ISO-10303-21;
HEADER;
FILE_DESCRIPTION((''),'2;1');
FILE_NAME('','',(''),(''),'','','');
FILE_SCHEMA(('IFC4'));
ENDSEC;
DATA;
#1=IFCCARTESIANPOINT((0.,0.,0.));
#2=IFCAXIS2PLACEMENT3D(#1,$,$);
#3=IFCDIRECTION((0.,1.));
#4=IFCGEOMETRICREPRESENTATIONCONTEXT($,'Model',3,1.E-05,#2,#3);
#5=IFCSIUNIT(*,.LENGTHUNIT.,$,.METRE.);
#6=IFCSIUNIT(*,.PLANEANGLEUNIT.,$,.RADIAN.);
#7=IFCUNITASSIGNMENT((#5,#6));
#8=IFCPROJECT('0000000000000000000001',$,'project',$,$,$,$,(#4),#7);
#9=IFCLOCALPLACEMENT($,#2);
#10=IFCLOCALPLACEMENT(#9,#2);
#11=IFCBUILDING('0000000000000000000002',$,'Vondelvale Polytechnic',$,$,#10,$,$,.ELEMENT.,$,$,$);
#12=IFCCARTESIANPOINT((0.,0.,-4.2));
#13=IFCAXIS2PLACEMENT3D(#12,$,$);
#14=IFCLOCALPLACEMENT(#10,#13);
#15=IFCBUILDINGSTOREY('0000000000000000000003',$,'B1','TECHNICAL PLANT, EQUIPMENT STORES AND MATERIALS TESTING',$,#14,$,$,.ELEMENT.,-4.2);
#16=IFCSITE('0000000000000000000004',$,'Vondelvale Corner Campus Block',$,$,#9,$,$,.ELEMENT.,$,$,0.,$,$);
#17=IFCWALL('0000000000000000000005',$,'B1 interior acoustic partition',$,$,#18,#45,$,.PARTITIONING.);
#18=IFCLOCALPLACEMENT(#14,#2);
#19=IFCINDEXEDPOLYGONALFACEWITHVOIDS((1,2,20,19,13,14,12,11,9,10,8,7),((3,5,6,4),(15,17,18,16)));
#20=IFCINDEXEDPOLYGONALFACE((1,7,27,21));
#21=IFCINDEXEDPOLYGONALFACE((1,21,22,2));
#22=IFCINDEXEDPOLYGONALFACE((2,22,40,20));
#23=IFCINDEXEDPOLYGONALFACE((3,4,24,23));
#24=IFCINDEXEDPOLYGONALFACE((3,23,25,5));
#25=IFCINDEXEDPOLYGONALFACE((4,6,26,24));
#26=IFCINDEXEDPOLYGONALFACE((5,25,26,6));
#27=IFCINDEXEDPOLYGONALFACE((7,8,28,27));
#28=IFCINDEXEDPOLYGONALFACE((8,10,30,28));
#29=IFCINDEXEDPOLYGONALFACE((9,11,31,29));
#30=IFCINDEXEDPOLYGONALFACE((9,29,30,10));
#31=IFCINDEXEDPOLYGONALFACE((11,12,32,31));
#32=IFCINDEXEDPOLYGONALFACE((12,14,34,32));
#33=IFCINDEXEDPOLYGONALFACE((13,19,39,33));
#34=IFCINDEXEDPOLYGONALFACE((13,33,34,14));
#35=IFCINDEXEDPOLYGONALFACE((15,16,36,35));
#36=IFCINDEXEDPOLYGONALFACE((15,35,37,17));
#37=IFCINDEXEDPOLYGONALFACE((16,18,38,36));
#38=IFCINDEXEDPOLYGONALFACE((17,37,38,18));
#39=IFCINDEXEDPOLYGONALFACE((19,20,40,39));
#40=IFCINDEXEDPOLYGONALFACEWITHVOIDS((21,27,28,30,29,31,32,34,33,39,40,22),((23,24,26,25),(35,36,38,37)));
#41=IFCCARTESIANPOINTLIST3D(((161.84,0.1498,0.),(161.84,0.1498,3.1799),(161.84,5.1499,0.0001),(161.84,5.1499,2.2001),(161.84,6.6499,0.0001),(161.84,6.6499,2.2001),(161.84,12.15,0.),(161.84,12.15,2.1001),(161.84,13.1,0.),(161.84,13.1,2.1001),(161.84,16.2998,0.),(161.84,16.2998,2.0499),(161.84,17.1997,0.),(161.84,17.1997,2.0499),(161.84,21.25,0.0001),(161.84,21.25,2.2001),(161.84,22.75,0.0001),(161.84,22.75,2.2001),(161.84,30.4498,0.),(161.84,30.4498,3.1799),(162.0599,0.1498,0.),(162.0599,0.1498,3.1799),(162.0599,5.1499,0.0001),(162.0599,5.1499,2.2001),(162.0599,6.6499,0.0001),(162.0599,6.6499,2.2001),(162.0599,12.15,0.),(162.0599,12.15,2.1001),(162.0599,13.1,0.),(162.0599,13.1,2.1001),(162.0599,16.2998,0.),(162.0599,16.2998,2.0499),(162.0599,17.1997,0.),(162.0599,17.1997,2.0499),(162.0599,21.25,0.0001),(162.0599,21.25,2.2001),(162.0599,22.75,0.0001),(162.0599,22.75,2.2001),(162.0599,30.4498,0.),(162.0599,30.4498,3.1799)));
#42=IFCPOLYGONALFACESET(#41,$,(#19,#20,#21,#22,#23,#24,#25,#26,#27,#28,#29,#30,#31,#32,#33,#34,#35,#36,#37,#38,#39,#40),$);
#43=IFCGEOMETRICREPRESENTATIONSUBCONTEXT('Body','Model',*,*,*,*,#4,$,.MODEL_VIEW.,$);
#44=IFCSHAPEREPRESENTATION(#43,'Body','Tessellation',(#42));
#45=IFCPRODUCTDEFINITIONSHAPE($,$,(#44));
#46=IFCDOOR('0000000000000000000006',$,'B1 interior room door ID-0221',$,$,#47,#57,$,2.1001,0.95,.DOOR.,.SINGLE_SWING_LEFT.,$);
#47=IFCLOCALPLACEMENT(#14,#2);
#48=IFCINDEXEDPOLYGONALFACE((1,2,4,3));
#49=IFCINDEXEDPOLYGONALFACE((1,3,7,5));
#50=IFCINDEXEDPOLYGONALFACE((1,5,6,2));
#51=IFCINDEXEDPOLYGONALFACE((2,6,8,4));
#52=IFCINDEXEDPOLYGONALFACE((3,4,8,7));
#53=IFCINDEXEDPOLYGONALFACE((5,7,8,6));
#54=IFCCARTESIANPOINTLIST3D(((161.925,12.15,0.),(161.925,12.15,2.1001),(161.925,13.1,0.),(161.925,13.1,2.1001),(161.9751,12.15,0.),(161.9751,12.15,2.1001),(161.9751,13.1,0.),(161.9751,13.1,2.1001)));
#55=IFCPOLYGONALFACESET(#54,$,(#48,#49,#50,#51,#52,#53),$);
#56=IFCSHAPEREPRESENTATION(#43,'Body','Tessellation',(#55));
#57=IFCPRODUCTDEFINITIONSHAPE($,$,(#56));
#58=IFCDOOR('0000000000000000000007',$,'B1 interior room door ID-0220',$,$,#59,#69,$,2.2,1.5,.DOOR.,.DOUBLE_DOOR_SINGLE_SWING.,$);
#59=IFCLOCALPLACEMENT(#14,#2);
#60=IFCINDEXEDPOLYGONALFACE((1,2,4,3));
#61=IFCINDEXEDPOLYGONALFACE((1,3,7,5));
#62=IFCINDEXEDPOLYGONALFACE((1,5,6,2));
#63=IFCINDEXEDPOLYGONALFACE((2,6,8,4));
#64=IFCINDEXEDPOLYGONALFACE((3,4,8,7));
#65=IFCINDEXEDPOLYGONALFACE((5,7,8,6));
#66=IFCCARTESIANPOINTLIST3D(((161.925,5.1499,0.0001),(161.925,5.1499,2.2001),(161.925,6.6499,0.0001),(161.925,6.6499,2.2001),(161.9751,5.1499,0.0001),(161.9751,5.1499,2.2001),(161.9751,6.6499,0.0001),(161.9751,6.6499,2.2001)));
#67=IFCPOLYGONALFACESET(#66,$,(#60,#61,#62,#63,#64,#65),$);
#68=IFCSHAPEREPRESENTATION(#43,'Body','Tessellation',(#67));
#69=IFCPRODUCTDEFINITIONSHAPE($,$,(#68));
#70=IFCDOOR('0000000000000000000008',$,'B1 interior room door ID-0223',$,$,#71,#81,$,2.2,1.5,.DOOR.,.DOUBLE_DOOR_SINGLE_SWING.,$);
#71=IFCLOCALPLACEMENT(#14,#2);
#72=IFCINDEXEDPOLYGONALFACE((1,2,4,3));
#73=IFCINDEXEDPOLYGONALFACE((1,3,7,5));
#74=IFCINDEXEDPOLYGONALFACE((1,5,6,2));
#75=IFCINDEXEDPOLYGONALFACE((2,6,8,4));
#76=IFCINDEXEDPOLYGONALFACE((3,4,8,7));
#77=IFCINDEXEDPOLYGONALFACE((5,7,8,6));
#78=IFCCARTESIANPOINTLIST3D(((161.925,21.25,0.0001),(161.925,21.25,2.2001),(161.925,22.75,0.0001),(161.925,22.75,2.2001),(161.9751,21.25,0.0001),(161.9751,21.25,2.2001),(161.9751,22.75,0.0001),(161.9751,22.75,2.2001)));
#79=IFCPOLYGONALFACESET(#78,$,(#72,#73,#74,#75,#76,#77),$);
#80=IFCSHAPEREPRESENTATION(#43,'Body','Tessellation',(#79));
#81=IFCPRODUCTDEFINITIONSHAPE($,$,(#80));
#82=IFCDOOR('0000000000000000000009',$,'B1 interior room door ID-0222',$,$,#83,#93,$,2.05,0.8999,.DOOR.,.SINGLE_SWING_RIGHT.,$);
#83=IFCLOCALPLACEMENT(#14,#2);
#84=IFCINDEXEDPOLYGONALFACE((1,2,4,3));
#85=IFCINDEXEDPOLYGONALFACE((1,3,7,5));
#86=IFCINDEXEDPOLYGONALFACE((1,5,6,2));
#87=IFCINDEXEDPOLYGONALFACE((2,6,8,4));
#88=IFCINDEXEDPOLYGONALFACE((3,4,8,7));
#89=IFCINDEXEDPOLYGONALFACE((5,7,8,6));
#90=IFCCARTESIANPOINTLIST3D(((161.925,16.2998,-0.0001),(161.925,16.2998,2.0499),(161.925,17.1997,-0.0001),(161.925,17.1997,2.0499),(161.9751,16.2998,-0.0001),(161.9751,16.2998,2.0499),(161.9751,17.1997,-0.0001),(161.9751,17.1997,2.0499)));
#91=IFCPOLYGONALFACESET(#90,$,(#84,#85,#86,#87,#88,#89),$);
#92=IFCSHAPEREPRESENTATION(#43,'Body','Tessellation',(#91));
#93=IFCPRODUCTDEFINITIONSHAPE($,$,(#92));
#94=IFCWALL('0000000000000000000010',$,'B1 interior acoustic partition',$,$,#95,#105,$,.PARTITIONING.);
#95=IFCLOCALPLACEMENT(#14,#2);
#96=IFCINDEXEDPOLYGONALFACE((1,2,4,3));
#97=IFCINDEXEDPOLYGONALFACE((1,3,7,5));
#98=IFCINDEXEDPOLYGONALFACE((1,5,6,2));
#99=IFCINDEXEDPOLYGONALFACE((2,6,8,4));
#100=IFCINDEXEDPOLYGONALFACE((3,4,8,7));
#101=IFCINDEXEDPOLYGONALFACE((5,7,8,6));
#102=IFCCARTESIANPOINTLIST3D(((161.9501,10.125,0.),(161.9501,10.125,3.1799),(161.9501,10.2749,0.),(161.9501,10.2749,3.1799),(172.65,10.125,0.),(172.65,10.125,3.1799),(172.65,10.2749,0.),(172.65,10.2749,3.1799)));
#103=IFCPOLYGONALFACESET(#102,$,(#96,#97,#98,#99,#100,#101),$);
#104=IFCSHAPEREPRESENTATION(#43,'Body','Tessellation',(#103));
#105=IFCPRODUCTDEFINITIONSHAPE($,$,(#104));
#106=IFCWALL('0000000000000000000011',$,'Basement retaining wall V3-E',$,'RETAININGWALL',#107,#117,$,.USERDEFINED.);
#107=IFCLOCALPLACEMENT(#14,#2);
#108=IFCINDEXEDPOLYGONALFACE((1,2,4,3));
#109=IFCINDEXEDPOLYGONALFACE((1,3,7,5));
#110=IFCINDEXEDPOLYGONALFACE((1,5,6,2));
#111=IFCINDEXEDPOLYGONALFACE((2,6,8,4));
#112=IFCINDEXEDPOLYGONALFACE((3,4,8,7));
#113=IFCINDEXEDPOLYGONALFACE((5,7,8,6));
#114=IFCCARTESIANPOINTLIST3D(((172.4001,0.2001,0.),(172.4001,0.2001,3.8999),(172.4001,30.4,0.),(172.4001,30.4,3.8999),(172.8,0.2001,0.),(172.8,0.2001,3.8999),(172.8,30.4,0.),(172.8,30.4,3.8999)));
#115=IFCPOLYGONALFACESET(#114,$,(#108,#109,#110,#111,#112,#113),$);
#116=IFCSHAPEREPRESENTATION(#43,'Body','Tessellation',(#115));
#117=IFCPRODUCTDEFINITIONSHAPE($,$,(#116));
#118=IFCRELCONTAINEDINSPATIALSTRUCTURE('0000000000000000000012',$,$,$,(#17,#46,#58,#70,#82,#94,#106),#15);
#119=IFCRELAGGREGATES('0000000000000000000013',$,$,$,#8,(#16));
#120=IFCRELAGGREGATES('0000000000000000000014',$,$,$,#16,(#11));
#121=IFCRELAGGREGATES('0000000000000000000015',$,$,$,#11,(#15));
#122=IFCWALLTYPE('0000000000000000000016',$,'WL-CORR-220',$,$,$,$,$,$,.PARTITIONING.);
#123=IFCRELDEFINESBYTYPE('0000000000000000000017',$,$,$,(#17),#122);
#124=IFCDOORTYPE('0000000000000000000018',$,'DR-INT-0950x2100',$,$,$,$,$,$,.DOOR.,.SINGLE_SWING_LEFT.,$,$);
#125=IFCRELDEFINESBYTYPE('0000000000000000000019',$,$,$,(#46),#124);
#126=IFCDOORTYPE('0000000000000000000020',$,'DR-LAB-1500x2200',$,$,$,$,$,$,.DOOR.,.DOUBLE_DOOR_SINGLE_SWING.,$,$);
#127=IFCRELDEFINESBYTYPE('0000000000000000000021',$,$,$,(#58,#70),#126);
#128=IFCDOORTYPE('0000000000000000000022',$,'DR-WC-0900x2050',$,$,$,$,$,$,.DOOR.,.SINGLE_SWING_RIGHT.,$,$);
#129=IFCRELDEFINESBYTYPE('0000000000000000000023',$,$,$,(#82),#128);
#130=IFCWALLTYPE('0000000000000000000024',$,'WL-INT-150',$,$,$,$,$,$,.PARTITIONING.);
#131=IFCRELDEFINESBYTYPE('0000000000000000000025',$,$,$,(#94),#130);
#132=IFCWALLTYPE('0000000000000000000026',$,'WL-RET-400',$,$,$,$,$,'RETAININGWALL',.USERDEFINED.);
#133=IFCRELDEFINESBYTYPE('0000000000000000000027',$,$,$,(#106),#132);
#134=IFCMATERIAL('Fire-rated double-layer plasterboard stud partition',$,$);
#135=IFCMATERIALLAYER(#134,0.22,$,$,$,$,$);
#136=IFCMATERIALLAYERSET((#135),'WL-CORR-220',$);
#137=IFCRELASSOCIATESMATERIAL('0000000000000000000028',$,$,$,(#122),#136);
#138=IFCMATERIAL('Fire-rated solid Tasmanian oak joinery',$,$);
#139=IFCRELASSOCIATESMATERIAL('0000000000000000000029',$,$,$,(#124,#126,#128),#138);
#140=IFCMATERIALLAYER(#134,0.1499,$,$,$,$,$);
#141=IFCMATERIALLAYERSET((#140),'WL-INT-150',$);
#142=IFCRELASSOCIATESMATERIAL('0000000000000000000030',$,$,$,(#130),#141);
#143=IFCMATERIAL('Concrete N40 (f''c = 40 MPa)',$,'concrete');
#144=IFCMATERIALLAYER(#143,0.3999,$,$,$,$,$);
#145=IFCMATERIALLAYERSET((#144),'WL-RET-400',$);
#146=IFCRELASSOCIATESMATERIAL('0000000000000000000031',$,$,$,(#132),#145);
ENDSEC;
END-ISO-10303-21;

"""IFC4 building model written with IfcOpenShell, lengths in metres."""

from ifc_helpers import new_model, si_unit, direction, frame, frame_2d, origin, place, context, subcontext, project, spatial, rectangle, extrude, material, layer, layer_set, type_object, element, fill, save


model = new_model("IFC4")

# Units and contexts
model_context = context("Model", 3, precision=1e-05, world=origin(), true_north=direction((0.0, 1.0)))
body_context = subcontext(model_context, "Body", "Model", "MODEL_VIEW")
ifc_project = project(units=[si_unit("LENGTHUNIT", "METRE"), si_unit("PLANEANGLEUNIT", "RADIAN")], contexts=[model_context])

# Site, building, storey
site_placement = place(None, origin())
site = spatial("IfcSite", under=ifc_project, at=site_placement, Name="Vondelvale Corner Campus Block", CompositionType="ELEMENT", RefElevation=0.0)
building_placement = place(site_placement, origin())
building = spatial("IfcBuilding", under=site, at=building_placement, Name="Vondelvale Polytechnic", CompositionType="ELEMENT")
storey_placement = place(building_placement, frame((0.0, 0.0, -4.2)))
storey = spatial("IfcBuildingStorey", under=building, at=storey_placement, Name="B1", Description="TECHNICAL PLANT, EQUIPMENT STORES AND MATERIALS TESTING", CompositionType="ELEMENT", Elevation=-4.2)

# Shared definitions
ifc_material_1 = material(Name="Concrete N40 (f'c = 40 MPa)", Category="concrete")

# Wall, openings, doors
ifc_material_2 = material(Name="Fire-rated double-layer plasterboard stud partition")
ifc_layer_1 = layer(ifc_material_2, 0.22)
ifc_layer_set_1 = layer_set([ifc_layer_1], Name="WL-CORR-220")
wall_type_1 = type_object("IfcWallType", Name="WL-CORR-220", PredefinedType="PARTITIONING", material=ifc_layer_set_1)
wall_1_placement = place(storey_placement, frame((161.95, 0.1499, 0.0), z_axis=(0.0, 0.0, 1.0), x_axis=(0.0, 1.0, 0.0)))
wall_1 = element("IfcWall", 1, at=wall_1_placement, inside=storey, type_object=wall_type_1, Name="B1 interior acoustic partition", PredefinedType="PARTITIONING", context=body_context, shape_type="SweptSolid", body=[
    extrude(rectangle(XDim=30.3, YDim=0.22, at=frame_2d((15.1499, 0.0))), origin(), (0.0, 0.0, 1.0), 3.1799),
])
opening_1_placement = place(wall_1_placement, frame((5.0, 0.0, 0.0)))
opening_1 = element("IfcOpeningElement", 2, at=opening_1_placement, cuts=wall_1, PredefinedType="OPENING", context=body_context, shape_type="SweptSolid", body=[
    extrude(rectangle(XDim=1.5, YDim=2.2, at=frame_2d((0.75, 1.1001))), frame((0.0, 0.1199, 0.0), z_axis=(0.0, -1.0, 0.0), x_axis=(1.0, 0.0, 0.0)), (0.0, 0.0, 1.0), 0.24),
])
opening_2_placement = place(wall_1_placement, frame((12.0, 0.0, 0.0)))
opening_2 = element("IfcOpeningElement", 3, at=opening_2_placement, cuts=wall_1, PredefinedType="OPENING", context=body_context, shape_type="SweptSolid", body=[
    extrude(rectangle(XDim=0.95, YDim=2.1001, at=frame_2d((0.4751, 1.05))), frame((0.0, 0.1199, 0.0), z_axis=(0.0, -1.0, 0.0), x_axis=(1.0, 0.0, 0.0)), (0.0, 0.0, 1.0), 0.24),
])
opening_3_placement = place(wall_1_placement, frame((16.1499, 0.0, 0.0)))
opening_3 = element("IfcOpeningElement", 4, at=opening_3_placement, cuts=wall_1, PredefinedType="OPENING", context=body_context, shape_type="SweptSolid", body=[
    extrude(rectangle(XDim=0.8999, YDim=2.05, at=frame_2d((0.45, 1.0249))), frame((0.0, 0.1199, 0.0), z_axis=(0.0, -1.0, 0.0), x_axis=(1.0, 0.0, 0.0)), (0.0, 0.0, 1.0), 0.24),
])
opening_4_placement = place(wall_1_placement, frame((21.1001, 0.0, 0.0)))
opening_4 = element("IfcOpeningElement", 5, at=opening_4_placement, cuts=wall_1, PredefinedType="OPENING", context=body_context, shape_type="SweptSolid", body=[
    extrude(rectangle(XDim=1.5, YDim=2.2, at=frame_2d((0.75, 1.1001))), frame((0.0, 0.1199, 0.0), z_axis=(0.0, -1.0, 0.0), x_axis=(1.0, 0.0, 0.0)), (0.0, 0.0, 1.0), 0.24),
])
ifc_material_3 = material(Name="Fire-rated solid Tasmanian oak joinery")
door_type_1 = type_object("IfcDoorType", Name="DR-INT-0950x2100", OperationType="SINGLE_SWING_LEFT", PredefinedType="DOOR", material=ifc_material_3)
door_1_placement = place(opening_2_placement, origin())
door_1 = element("IfcDoor", 6, at=door_1_placement, inside=storey, type_object=door_type_1, Name="B1 interior room door ID-0221", OperationType="SINGLE_SWING_LEFT", OverallHeight=2.1001, OverallWidth=0.95, PredefinedType="DOOR", context=body_context, shape_type="SweptSolid", body=[
    extrude(rectangle(XDim=0.95, YDim=2.1001, at=frame_2d((0.4751, 1.05))), frame((0.0, 0.0249, 0.0), z_axis=(0.0, -1.0, 0.0), x_axis=(1.0, 0.0, 0.0)), (0.0, 0.0, 1.0), 0.05),
])
fill(opening_2, door_1)
door_type_2 = type_object("IfcDoorType", Name="DR-LAB-1500x2200", OperationType="DOUBLE_DOOR_SINGLE_SWING", PredefinedType="DOOR", material=ifc_material_3)
door_2_placement = place(opening_1_placement, origin())
door_2 = element("IfcDoor", 7, at=door_2_placement, inside=storey, type_object=door_type_2, Name="B1 interior room door ID-0220", OperationType="DOUBLE_DOOR_SINGLE_SWING", OverallHeight=2.2, OverallWidth=1.5, PredefinedType="DOOR", context=body_context, shape_type="SweptSolid", body=[
    extrude(rectangle(XDim=1.5, YDim=2.2, at=frame_2d((0.75, 1.1001))), frame((0.0, 0.0249, 0.0), z_axis=(0.0, -1.0, 0.0), x_axis=(1.0, 0.0, 0.0)), (0.0, 0.0, 1.0), 0.05),
])
fill(opening_1, door_2)
door_3_placement = place(opening_4_placement, origin())
door_3 = element("IfcDoor", 8, at=door_3_placement, inside=storey, type_object=door_type_2, Name="B1 interior room door ID-0223", OperationType="DOUBLE_DOOR_SINGLE_SWING", OverallHeight=2.2, OverallWidth=1.5, PredefinedType="DOOR", context=body_context, shape_type="SweptSolid", body=[
    extrude(rectangle(XDim=1.5, YDim=2.2, at=frame_2d((0.75, 1.1001))), frame((0.0, 0.0249, 0.0), z_axis=(0.0, -1.0, 0.0), x_axis=(1.0, 0.0, 0.0)), (0.0, 0.0, 1.0), 0.05),
])
fill(opening_4, door_3)
door_type_3 = type_object("IfcDoorType", Name="DR-WC-0900x2050", OperationType="SINGLE_SWING_RIGHT", PredefinedType="DOOR", material=ifc_material_3)
door_4_placement = place(opening_3_placement, origin())
door_4 = element("IfcDoor", 9, at=door_4_placement, inside=storey, type_object=door_type_3, Name="B1 interior room door ID-0222", OperationType="SINGLE_SWING_RIGHT", OverallHeight=2.05, OverallWidth=0.8999, PredefinedType="DOOR", context=body_context, shape_type="SweptSolid", body=[
    extrude(rectangle(XDim=0.8999, YDim=2.05, at=frame_2d((0.45, 1.0249))), frame((0.0, 0.0249, 0.0), z_axis=(0.0, -1.0, 0.0), x_axis=(1.0, 0.0, 0.0)), (0.0, 0.0, 1.0), 0.05),
])
fill(opening_3, door_4)

# Walls
ifc_layer_2 = layer(ifc_material_2, 0.1499)
ifc_layer_set_2 = layer_set([ifc_layer_2], Name="WL-INT-150")
wall_type_2 = type_object("IfcWallType", Name="WL-INT-150", PredefinedType="PARTITIONING", material=ifc_layer_set_2)
wall_2_placement = place(storey_placement, frame((161.95, 10.2, 0.0), z_axis=(0.0, 0.0, 1.0), x_axis=(1.0, 0.0, 0.0)))
element("IfcWall", 10, at=wall_2_placement, inside=storey, type_object=wall_type_2, Name="B1 interior acoustic partition", PredefinedType="PARTITIONING", context=body_context, shape_type="SweptSolid", body=[
    extrude(rectangle(XDim=10.7, YDim=0.1499, at=frame_2d((5.3501, 0.0))), origin(), (0.0, 0.0, 1.0), 3.1799),
])
ifc_layer_3 = layer(ifc_material_1, 0.3999)
ifc_layer_set_3 = layer_set([ifc_layer_3], Name="WL-RET-400")
wall_type_3 = type_object("IfcWallType", Name="WL-RET-400", ElementType="RETAININGWALL", PredefinedType="USERDEFINED", material=ifc_layer_set_3)
wall_3_placement = place(storey_placement, frame((172.6001, 0.2, 0.0), z_axis=(0.0, 0.0, 1.0), x_axis=(0.0, 1.0, 0.0)))
element("IfcWall", 11, at=wall_3_placement, inside=storey, type_object=wall_type_3, Name="Basement retaining wall V3-E", ObjectType="RETAININGWALL", PredefinedType="USERDEFINED", context=body_context, shape_type="SweptSolid", body=[
    extrude(rectangle(XDim=30.2, YDim=0.3999, at=frame_2d((15.1001, 0.0))), origin(), (0.0, 0.0, 1.0), 3.8999),
])

save(model, "model.ifc")
